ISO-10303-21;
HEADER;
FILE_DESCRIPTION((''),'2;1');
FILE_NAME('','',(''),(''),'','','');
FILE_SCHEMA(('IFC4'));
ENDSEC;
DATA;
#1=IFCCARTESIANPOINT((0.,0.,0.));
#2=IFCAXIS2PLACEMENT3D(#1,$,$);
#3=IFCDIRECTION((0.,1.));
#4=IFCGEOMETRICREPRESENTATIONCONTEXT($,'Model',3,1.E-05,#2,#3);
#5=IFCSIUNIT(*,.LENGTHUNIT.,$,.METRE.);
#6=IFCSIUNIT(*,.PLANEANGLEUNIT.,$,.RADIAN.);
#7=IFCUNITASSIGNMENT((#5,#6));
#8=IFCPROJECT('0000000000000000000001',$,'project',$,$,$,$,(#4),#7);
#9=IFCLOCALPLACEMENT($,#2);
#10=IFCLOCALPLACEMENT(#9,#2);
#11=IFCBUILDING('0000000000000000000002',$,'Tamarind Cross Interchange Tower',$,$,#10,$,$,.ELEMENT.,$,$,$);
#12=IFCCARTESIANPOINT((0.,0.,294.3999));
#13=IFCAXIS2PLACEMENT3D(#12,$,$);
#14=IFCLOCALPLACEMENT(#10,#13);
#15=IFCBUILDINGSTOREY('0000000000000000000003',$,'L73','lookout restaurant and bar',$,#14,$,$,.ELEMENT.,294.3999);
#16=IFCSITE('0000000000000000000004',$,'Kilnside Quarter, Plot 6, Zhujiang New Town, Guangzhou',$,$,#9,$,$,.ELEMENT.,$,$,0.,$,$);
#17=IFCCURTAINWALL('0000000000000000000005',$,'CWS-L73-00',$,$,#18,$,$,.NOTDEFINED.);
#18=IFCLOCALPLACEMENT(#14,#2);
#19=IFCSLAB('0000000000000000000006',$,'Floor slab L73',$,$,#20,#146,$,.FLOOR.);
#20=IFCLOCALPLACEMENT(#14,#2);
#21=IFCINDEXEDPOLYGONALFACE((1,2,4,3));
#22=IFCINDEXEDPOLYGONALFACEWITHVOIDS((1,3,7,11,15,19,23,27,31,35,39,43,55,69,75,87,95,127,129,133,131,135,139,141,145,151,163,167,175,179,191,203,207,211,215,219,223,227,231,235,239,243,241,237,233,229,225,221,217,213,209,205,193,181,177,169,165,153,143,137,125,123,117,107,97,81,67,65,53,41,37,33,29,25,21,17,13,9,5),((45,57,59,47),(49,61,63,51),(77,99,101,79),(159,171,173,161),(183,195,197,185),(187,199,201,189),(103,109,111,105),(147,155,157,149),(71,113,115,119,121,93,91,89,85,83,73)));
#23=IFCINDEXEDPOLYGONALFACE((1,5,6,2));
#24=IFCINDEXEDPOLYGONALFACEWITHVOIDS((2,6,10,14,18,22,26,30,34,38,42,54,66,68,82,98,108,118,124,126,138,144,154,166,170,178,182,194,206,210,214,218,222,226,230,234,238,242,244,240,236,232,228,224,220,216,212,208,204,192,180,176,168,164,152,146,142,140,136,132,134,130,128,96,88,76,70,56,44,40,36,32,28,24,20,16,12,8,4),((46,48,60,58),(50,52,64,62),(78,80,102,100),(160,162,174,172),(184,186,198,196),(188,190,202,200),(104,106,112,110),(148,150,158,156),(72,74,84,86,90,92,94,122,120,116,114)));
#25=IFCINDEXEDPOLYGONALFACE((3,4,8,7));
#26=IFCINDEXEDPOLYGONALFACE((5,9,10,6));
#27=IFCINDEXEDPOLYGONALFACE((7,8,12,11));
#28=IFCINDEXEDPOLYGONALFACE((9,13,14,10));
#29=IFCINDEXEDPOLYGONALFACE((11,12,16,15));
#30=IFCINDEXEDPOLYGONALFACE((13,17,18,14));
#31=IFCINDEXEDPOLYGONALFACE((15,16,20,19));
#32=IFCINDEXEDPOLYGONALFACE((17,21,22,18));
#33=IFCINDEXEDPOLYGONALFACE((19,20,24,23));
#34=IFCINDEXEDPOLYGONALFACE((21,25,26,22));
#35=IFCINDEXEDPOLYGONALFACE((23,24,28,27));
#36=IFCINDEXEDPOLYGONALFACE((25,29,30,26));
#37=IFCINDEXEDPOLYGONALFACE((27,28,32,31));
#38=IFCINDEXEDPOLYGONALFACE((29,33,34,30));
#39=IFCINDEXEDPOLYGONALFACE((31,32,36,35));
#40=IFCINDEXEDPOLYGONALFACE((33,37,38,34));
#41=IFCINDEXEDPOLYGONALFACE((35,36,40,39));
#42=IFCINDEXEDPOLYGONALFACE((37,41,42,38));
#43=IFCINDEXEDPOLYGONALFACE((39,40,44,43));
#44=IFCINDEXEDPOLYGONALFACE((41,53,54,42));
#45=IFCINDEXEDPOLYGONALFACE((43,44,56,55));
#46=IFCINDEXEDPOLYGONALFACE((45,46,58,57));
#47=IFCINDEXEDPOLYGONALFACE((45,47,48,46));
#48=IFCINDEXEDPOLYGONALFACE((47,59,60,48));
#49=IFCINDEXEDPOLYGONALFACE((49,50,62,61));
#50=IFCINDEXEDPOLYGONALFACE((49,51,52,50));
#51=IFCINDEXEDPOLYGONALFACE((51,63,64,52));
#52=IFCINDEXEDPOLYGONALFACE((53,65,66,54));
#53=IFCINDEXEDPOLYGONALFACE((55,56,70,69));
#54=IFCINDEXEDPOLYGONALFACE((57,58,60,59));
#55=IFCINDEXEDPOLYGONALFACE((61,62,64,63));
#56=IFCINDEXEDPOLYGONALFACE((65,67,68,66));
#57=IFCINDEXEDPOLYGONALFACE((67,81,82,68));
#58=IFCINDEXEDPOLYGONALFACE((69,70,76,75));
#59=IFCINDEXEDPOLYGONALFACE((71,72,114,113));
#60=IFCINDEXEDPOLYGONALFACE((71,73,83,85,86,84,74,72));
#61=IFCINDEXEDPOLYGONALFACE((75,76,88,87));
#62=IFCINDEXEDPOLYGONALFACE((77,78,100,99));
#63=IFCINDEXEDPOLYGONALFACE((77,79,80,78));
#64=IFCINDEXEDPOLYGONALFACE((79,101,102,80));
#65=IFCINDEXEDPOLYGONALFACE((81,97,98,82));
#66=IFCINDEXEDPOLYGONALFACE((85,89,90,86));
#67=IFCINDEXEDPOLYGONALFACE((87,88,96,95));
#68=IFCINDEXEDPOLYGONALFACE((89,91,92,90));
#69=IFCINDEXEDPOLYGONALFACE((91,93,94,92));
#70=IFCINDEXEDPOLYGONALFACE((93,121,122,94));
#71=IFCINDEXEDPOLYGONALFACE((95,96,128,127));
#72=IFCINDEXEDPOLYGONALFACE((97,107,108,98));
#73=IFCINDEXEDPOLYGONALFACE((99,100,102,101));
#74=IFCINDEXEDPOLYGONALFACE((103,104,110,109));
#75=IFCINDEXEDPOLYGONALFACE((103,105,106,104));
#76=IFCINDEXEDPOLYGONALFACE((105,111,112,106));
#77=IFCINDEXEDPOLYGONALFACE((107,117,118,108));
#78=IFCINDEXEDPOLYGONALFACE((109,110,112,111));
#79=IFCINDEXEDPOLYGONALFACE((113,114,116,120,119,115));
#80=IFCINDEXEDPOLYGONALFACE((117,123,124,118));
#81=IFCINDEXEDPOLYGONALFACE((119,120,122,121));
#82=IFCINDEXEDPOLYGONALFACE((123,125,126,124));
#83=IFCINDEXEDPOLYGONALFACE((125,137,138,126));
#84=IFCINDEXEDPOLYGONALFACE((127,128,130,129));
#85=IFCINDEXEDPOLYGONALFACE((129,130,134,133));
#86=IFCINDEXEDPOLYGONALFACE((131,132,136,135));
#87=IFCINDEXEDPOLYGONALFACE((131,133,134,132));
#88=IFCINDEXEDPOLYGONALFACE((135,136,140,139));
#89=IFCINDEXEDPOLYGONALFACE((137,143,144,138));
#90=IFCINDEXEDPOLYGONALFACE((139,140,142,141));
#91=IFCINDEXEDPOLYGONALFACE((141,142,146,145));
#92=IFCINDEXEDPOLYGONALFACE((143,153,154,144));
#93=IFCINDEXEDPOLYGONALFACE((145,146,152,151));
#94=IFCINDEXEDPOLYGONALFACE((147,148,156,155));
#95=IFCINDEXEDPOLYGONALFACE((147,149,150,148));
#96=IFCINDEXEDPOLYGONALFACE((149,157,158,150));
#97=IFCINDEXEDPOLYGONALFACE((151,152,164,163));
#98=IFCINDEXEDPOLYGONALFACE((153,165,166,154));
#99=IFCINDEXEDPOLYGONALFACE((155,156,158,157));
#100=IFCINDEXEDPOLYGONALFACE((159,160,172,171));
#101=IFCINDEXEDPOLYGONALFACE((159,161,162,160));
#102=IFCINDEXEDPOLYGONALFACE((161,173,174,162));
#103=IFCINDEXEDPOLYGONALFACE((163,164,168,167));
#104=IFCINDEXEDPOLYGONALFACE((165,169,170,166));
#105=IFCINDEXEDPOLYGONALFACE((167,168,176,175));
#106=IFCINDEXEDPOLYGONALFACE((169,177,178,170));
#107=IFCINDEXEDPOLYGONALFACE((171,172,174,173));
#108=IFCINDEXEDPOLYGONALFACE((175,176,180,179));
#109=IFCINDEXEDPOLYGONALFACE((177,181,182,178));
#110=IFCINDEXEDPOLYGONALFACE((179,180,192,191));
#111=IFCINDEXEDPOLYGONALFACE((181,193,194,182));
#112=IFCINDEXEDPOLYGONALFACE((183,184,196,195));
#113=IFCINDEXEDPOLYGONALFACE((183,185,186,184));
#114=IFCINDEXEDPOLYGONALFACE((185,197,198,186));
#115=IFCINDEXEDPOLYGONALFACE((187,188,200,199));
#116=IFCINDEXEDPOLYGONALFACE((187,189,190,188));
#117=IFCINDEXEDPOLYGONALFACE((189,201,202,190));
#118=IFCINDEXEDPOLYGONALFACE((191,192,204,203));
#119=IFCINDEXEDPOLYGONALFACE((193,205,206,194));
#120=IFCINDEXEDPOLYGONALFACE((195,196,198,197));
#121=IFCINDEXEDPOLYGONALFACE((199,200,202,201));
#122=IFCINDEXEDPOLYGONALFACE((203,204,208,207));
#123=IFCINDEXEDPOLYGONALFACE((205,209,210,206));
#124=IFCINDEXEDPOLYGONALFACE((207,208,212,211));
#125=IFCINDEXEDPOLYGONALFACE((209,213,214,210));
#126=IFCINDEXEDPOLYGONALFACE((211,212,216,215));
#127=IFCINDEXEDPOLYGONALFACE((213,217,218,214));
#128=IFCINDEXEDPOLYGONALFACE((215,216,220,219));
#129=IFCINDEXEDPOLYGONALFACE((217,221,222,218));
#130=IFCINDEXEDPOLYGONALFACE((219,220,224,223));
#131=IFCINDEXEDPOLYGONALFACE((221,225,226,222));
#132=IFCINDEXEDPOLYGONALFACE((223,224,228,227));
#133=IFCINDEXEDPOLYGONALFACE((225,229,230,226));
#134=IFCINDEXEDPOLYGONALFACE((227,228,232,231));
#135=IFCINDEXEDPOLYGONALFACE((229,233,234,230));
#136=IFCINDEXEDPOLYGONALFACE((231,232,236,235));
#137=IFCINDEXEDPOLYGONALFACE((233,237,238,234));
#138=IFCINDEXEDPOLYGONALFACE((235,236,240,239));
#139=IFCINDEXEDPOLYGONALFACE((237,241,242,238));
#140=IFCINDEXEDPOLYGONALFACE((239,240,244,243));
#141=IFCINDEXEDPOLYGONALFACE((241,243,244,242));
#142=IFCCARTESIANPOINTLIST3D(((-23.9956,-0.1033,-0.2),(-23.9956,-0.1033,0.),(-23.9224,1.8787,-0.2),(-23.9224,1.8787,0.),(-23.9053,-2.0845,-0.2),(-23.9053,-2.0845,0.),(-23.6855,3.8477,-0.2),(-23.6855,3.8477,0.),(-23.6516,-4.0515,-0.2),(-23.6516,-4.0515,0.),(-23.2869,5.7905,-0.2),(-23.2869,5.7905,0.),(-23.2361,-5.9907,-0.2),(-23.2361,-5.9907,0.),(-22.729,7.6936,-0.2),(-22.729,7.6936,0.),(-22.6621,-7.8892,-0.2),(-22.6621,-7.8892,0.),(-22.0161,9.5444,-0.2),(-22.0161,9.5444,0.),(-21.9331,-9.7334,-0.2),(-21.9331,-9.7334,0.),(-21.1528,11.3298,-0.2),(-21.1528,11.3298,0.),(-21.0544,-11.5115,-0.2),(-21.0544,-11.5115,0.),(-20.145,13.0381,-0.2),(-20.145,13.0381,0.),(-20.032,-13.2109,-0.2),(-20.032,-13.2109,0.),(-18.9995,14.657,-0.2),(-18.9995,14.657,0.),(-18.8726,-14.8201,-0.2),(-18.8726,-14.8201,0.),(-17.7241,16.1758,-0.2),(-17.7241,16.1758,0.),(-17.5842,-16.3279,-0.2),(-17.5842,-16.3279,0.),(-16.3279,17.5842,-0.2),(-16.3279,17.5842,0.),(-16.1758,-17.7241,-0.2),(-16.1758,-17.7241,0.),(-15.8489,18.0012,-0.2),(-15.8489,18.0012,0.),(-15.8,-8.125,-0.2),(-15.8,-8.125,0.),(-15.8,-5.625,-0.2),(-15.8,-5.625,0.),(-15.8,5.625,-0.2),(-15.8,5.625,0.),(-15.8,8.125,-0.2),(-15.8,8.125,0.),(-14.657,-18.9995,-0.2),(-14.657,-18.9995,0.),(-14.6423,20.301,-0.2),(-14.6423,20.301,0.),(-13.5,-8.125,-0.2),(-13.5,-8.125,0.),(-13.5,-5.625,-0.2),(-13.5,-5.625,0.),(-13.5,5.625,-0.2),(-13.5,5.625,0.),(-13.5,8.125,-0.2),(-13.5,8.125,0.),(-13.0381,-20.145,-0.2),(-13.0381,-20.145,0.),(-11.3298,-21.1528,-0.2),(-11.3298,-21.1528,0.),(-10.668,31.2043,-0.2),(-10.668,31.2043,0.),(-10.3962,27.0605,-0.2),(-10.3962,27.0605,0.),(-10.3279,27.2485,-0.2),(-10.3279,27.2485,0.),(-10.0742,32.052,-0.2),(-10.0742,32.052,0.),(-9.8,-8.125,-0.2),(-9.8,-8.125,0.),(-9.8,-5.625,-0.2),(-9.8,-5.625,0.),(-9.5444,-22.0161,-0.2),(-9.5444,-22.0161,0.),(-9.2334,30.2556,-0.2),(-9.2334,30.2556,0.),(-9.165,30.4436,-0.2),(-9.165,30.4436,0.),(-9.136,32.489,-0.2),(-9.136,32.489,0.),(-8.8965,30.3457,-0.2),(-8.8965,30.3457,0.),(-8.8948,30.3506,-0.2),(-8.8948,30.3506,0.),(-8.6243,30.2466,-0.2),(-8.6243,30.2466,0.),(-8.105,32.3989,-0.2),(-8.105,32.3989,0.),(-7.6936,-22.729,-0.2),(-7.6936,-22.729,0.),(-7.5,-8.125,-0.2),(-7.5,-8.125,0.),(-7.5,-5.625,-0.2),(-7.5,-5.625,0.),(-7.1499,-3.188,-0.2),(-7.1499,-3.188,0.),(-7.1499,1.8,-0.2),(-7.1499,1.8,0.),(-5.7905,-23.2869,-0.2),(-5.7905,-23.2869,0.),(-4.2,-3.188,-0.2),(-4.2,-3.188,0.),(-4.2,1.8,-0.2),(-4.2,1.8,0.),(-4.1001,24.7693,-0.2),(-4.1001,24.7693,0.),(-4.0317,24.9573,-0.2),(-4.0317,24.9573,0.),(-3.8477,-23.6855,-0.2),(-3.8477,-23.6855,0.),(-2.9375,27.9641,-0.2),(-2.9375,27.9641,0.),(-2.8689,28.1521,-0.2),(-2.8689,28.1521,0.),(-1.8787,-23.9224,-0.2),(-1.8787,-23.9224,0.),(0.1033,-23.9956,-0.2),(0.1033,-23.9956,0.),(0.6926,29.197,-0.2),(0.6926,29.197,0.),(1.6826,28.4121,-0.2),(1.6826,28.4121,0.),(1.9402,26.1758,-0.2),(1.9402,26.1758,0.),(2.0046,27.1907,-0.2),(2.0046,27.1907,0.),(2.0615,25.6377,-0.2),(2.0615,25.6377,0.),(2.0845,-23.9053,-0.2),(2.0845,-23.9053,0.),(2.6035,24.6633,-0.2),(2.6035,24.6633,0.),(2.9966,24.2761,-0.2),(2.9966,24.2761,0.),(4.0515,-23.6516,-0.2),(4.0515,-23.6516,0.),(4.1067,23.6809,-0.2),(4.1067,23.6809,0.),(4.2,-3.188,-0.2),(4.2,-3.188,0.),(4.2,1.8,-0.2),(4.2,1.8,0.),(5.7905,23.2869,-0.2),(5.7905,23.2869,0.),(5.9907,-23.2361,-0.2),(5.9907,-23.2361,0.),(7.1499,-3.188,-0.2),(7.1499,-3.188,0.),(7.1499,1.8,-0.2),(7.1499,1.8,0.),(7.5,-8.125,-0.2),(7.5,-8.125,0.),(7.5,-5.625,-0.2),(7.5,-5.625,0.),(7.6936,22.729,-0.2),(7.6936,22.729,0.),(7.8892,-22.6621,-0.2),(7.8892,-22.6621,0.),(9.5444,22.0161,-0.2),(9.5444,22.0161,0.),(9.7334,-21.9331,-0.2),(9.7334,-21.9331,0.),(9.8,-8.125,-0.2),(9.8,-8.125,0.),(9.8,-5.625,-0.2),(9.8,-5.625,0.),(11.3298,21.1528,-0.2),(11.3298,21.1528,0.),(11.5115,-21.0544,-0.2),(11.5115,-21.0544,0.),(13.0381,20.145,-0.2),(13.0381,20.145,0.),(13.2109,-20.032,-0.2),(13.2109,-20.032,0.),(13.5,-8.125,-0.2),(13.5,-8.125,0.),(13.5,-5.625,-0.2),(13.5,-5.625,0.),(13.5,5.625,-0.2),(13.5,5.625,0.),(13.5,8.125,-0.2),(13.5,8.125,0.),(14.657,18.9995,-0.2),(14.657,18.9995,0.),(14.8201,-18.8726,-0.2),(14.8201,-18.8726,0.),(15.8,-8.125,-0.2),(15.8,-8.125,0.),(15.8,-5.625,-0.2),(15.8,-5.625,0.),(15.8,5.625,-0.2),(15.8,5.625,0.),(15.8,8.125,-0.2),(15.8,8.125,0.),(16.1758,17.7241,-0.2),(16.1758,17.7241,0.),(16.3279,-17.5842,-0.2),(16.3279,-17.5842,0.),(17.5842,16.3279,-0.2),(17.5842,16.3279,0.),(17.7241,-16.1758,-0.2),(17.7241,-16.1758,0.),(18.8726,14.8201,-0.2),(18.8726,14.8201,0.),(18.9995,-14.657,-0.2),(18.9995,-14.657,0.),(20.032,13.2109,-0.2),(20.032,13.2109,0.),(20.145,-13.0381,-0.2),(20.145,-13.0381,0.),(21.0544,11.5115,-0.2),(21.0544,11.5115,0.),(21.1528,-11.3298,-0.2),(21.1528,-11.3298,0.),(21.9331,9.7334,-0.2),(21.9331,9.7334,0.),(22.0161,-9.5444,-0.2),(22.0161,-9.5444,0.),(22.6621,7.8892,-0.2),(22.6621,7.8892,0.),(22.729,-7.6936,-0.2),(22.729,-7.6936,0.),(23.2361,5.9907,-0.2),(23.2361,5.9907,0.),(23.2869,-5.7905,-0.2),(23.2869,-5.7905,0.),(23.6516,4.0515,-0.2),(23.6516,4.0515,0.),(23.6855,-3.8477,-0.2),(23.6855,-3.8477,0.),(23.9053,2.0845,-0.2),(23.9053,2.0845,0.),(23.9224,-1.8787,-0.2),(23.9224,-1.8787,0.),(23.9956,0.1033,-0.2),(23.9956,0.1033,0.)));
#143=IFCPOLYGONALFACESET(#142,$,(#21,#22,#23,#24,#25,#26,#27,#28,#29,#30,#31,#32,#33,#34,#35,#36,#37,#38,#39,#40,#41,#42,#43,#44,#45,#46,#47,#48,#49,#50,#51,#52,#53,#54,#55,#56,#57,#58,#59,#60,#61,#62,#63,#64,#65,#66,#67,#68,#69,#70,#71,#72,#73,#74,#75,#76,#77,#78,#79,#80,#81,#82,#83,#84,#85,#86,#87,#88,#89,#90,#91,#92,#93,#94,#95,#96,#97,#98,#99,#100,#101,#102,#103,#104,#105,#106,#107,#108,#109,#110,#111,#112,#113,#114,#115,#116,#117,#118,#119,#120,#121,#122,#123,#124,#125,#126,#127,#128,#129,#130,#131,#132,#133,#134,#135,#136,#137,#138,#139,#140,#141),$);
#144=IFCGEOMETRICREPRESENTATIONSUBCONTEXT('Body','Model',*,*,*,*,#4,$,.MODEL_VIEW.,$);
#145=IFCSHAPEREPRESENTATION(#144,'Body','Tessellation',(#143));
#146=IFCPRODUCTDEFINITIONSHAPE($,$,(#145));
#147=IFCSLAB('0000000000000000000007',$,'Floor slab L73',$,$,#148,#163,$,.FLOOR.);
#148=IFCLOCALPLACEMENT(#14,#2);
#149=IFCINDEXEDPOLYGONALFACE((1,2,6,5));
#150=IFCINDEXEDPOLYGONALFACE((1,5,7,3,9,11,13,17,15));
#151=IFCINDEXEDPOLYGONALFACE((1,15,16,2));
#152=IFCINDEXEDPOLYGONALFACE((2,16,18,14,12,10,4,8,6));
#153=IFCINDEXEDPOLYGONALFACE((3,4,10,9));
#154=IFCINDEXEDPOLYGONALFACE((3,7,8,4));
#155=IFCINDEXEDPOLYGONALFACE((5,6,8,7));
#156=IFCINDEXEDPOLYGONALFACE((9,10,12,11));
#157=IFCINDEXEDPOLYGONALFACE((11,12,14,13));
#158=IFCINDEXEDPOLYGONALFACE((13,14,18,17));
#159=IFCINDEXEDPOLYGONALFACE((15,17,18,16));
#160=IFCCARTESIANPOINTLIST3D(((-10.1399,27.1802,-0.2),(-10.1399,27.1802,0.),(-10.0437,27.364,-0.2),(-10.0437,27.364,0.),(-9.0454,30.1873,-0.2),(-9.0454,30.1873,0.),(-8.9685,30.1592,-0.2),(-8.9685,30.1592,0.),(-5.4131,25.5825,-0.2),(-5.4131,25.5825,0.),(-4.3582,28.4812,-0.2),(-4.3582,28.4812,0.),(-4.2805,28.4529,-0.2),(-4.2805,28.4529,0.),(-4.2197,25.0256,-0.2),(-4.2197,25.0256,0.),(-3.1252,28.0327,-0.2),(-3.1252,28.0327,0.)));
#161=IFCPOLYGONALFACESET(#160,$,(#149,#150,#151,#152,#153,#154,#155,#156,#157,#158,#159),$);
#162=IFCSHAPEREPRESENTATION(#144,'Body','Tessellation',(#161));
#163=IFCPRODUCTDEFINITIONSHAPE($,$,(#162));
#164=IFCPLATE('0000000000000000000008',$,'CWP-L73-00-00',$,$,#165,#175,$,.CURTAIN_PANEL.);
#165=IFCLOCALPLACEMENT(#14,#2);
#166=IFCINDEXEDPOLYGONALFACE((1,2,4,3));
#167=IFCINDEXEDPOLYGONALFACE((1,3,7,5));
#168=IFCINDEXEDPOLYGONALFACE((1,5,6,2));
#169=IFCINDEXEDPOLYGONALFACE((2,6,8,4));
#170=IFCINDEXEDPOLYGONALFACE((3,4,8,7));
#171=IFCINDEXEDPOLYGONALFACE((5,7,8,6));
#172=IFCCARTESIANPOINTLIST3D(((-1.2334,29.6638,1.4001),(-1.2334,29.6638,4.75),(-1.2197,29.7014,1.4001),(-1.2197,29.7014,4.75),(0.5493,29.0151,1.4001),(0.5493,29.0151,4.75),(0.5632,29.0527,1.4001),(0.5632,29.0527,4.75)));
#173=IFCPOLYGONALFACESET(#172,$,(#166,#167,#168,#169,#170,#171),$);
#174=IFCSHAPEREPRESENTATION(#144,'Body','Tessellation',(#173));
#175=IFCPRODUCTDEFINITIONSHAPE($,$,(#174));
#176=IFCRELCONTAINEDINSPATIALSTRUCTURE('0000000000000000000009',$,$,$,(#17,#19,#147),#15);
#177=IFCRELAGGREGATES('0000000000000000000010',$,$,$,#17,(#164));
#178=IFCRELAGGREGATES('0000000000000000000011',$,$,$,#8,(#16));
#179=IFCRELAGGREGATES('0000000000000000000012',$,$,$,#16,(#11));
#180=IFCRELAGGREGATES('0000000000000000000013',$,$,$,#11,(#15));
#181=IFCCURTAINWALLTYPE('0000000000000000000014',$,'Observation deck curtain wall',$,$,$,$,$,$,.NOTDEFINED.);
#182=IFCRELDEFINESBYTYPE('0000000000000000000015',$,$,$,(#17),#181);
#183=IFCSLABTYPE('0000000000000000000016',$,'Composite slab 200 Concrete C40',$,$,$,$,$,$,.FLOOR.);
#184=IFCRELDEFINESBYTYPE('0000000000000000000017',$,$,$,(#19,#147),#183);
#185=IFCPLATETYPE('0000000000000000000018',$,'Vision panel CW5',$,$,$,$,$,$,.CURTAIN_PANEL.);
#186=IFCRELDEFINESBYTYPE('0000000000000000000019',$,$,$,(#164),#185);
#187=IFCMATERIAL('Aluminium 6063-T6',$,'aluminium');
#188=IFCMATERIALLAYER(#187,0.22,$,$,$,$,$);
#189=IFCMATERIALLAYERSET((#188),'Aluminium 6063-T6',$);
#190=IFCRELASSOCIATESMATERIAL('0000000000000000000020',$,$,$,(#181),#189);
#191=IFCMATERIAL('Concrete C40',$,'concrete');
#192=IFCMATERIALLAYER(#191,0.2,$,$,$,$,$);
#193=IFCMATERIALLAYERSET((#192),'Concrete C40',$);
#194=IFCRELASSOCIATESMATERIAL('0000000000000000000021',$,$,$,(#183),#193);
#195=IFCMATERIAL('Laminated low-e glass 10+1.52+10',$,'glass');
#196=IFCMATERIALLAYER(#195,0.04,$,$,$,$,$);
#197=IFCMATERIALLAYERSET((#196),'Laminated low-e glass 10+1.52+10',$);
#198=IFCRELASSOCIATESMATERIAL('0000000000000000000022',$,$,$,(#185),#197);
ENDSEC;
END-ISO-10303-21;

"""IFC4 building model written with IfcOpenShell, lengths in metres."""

from ifc_helpers import new_model, si_unit, direction, frame, origin, place, context, subcontext, project, spatial, polyline, outline, extrude, material, layer, layer_set, type_object, element, aggregate, save


model = new_model("IFC4")

# Units and contexts
model_context = context("Model", 3, precision=1e-05, world=origin(), true_north=direction((0.0, 1.0)))
body_context = subcontext(model_context, "Body", "Model", "MODEL_VIEW")
ifc_project = project(units=[si_unit("LENGTHUNIT", "METRE"), si_unit("PLANEANGLEUNIT", "RADIAN")], contexts=[model_context])

# Site, building, storey
site_placement = place(None, origin())
site = spatial("IfcSite", under=ifc_project, at=site_placement, Name="Kilnside Quarter, Plot 6, Zhujiang New Town, Guangzhou", CompositionType="ELEMENT", RefElevation=0.0)
building_placement = place(site_placement, origin())
building = spatial("IfcBuilding", under=site, at=building_placement, Name="Tamarind Cross Interchange Tower", CompositionType="ELEMENT")
storey_placement = place(building_placement, frame((0.0, 0.0, 294.3999)))
storey = spatial("IfcBuildingStorey", under=building, at=storey_placement, Name="L73", Description="lookout restaurant and bar", CompositionType="ELEMENT", Elevation=294.3999)

# Curtain wall
ifc_material_1 = material(Name="Aluminium 6063-T6", Category="aluminium")
ifc_layer_1 = layer(ifc_material_1, 0.22)
ifc_layer_set_1 = layer_set([ifc_layer_1], Name="Aluminium 6063-T6")
curtain_wall_type = type_object("IfcCurtainWallType", Name="Observation deck curtain wall", PredefinedType="NOTDEFINED", material=ifc_layer_set_1)
curtain_wall_1_placement = place(storey_placement, origin())
curtain_wall_1 = element("IfcCurtainWall", 1, at=curtain_wall_1_placement, inside=storey, type_object=curtain_wall_type, Name="CWS-L73-00", PredefinedType="NOTDEFINED")

# Slabs
ifc_material_2 = material(Name="Concrete C40", Category="concrete")
ifc_layer_2 = layer(ifc_material_2, 0.2)
ifc_layer_set_2 = layer_set([ifc_layer_2], Name="Concrete C40")
slab_type = type_object("IfcSlabType", Name="Composite slab 200 Concrete C40", PredefinedType="FLOOR", material=ifc_layer_set_2)
slab_1_placement = place(storey_placement, frame((0.0, 0.0, -0.2)))
element("IfcSlab", 2, at=slab_1_placement, inside=storey, type_object=slab_type, Name="Floor slab L73", PredefinedType="FLOOR", context=body_context, shape_type="SweptSolid", body=[
    extrude(outline(polyline([(-10.0742, 32.052), (-10.668, 31.2043), (-14.6423, 20.301), (-15.8489, 18.0012), (-16.3279, 17.5842), (-17.7241, 16.1758), (-18.9995, 14.657), (-20.145, 13.0381), (-21.1528, 11.3298), (-22.0161, 9.5444), (-22.729, 7.6936), (-23.2869, 5.7905), (-23.6855, 3.8477), (-23.9224, 1.8787), (-23.9956, -0.1033), (-23.9053, -2.0845), (-23.6516, -4.0515), (-23.2361, -5.9907), (-22.6621, -7.8892), (-21.9331, -9.7334), (-21.0544, -11.5115), (-20.032, -13.2109), (-18.8726, -14.8201), (-17.5842, -16.3279), (-16.1758, -17.7241), (-14.657, -18.9995), (-13.0381, -20.145), (-11.3298, -21.1528), (-9.5444, -22.0161), (-7.6936, -22.729), (-5.7905, -23.2869), (-3.8477, -23.6855), (-1.8787, -23.9224), (0.1033, -23.9956), (2.0845, -23.9053), (4.0515, -23.6516), (5.9907, -23.2361), (7.8892, -22.6621), (9.7334, -21.9331), (11.5115, -21.0544), (13.2109, -20.032), (14.8201, -18.8726), (16.3279, -17.5842), (17.7241, -16.1758), (18.9995, -14.657), (20.145, -13.0381), (21.1528, -11.3298), (22.0161, -9.5444), (22.729, -7.6936), (23.2869, -5.7905), (23.6855, -3.8477), (23.9224, -1.8787), (23.9956, 0.1033), (23.9053, 2.0845), (23.6516, 4.0515), (23.2361, 5.9907), (22.6621, 7.8892), (21.9331, 9.7334), (21.0544, 11.5115), (20.032, 13.2109), (18.8726, 14.8201), (17.5842, 16.3279), (16.1758, 17.7241), (14.657, 18.9995), (13.0381, 20.145), (11.3298, 21.1528), (9.5444, 22.0161), (7.6936, 22.729), (5.7905, 23.2869), (4.1067, 23.6809), (2.9966, 24.2761), (2.6035, 24.6633), (2.0615, 25.6377), (1.9402, 26.1758), (2.0046, 27.1907), (1.6826, 28.4121), (0.6926, 29.197), (-8.105, 32.3989), (-9.136, 32.489), (-10.0742, 32.052)]), holes=[polyline([(-15.8, -5.625), (-13.5, -5.625), (-13.5, -8.125), (-15.8, -8.125), (-15.8, -5.625)]), polyline([(-7.5, -5.625), (-7.5, -8.125), (-9.8, -8.125), (-9.8, -5.625), (-7.5, -5.625)]), polyline([(-13.5, 8.125), (-13.5, 5.625), (-15.8, 5.625), (-15.8, 8.125), (-13.5, 8.125)]), polyline([(-4.1001, 24.7693), (-10.3962, 27.0605), (-10.3279, 27.2485), (-9.2334, 30.2556), (-9.165, 30.4436), (-8.8965, 30.3457), (-8.8948, 30.3506), (-8.6243, 30.2466), (-2.8689, 28.1521), (-2.9375, 27.9641), (-4.0317, 24.9573), (-4.1001, 24.7693)]), polyline([(7.5, -8.125), (7.5, -5.625), (9.8, -5.625), (9.8, -8.125), (7.5, -8.125)]), polyline([(13.5, -8.125), (13.5, -5.625), (15.8, -5.625), (15.8, -8.125), (13.5, -8.125)]), polyline([(-7.1499, 1.8), (-4.2, 1.8), (-4.2, -3.188), (-7.1499, -3.188), (-7.1499, 1.8)]), polyline([(4.2, 1.8), (7.1499, 1.8), (7.1499, -3.188), (4.2, -3.188), (4.2, 1.8)]), polyline([(13.5, 5.625), (13.5, 8.125), (15.8, 8.125), (15.8, 5.625), (13.5, 5.625)])]), origin(), (0.0, 0.0, 1.0), 0.2),
])
slab_2_placement = place(storey_placement, frame((0.0, 0.0, -0.2)))
element("IfcSlab", 3, at=slab_2_placement, inside=storey, type_object=slab_type, Name="Floor slab L73", PredefinedType="FLOOR", context=body_context, shape_type="SweptSolid", body=[
    extrude(outline(polyline([(-9.0454, 30.1873), (-10.1399, 27.1802), (-4.2197, 25.0256), (-3.1252, 28.0327), (-4.2805, 28.4529), (-4.3582, 28.4812), (-5.4131, 25.5825), (-10.0437, 27.364), (-8.9685, 30.1592), (-9.0454, 30.1873)])), origin(), (0.0, 0.0, 1.0), 0.2),
])

# Plate
ifc_material_3 = material(Name="Laminated low-e glass 10+1.52+10", Category="glass")
ifc_layer_3 = layer(ifc_material_3, 0.04)
ifc_layer_set_3 = layer_set([ifc_layer_3], Name="Laminated low-e glass 10+1.52+10")
plate_type = type_object("IfcPlateType", Name="Vision panel CW5", PredefinedType="CURTAIN_PANEL", material=ifc_layer_set_3)
plate_1_placement = place(storey_placement, frame((0.0, 0.0, 1.4001)))
plate_1 = element("IfcPlate", 4, at=plate_1_placement, type_object=plate_type, Name="CWP-L73-00-00", PredefinedType="CURTAIN_PANEL", context=body_context, shape_type="SweptSolid", body=[
    extrude(outline(polyline([(0.5493, 29.0151), (-1.2334, 29.6638), (-1.2197, 29.7014), (0.5632, 29.0527), (0.5493, 29.0151)])), origin(), (0.0, 0.0, 1.0), 3.3499),
])
aggregate(curtain_wall_1, [plate_1])

save(model, "model.ifc")
